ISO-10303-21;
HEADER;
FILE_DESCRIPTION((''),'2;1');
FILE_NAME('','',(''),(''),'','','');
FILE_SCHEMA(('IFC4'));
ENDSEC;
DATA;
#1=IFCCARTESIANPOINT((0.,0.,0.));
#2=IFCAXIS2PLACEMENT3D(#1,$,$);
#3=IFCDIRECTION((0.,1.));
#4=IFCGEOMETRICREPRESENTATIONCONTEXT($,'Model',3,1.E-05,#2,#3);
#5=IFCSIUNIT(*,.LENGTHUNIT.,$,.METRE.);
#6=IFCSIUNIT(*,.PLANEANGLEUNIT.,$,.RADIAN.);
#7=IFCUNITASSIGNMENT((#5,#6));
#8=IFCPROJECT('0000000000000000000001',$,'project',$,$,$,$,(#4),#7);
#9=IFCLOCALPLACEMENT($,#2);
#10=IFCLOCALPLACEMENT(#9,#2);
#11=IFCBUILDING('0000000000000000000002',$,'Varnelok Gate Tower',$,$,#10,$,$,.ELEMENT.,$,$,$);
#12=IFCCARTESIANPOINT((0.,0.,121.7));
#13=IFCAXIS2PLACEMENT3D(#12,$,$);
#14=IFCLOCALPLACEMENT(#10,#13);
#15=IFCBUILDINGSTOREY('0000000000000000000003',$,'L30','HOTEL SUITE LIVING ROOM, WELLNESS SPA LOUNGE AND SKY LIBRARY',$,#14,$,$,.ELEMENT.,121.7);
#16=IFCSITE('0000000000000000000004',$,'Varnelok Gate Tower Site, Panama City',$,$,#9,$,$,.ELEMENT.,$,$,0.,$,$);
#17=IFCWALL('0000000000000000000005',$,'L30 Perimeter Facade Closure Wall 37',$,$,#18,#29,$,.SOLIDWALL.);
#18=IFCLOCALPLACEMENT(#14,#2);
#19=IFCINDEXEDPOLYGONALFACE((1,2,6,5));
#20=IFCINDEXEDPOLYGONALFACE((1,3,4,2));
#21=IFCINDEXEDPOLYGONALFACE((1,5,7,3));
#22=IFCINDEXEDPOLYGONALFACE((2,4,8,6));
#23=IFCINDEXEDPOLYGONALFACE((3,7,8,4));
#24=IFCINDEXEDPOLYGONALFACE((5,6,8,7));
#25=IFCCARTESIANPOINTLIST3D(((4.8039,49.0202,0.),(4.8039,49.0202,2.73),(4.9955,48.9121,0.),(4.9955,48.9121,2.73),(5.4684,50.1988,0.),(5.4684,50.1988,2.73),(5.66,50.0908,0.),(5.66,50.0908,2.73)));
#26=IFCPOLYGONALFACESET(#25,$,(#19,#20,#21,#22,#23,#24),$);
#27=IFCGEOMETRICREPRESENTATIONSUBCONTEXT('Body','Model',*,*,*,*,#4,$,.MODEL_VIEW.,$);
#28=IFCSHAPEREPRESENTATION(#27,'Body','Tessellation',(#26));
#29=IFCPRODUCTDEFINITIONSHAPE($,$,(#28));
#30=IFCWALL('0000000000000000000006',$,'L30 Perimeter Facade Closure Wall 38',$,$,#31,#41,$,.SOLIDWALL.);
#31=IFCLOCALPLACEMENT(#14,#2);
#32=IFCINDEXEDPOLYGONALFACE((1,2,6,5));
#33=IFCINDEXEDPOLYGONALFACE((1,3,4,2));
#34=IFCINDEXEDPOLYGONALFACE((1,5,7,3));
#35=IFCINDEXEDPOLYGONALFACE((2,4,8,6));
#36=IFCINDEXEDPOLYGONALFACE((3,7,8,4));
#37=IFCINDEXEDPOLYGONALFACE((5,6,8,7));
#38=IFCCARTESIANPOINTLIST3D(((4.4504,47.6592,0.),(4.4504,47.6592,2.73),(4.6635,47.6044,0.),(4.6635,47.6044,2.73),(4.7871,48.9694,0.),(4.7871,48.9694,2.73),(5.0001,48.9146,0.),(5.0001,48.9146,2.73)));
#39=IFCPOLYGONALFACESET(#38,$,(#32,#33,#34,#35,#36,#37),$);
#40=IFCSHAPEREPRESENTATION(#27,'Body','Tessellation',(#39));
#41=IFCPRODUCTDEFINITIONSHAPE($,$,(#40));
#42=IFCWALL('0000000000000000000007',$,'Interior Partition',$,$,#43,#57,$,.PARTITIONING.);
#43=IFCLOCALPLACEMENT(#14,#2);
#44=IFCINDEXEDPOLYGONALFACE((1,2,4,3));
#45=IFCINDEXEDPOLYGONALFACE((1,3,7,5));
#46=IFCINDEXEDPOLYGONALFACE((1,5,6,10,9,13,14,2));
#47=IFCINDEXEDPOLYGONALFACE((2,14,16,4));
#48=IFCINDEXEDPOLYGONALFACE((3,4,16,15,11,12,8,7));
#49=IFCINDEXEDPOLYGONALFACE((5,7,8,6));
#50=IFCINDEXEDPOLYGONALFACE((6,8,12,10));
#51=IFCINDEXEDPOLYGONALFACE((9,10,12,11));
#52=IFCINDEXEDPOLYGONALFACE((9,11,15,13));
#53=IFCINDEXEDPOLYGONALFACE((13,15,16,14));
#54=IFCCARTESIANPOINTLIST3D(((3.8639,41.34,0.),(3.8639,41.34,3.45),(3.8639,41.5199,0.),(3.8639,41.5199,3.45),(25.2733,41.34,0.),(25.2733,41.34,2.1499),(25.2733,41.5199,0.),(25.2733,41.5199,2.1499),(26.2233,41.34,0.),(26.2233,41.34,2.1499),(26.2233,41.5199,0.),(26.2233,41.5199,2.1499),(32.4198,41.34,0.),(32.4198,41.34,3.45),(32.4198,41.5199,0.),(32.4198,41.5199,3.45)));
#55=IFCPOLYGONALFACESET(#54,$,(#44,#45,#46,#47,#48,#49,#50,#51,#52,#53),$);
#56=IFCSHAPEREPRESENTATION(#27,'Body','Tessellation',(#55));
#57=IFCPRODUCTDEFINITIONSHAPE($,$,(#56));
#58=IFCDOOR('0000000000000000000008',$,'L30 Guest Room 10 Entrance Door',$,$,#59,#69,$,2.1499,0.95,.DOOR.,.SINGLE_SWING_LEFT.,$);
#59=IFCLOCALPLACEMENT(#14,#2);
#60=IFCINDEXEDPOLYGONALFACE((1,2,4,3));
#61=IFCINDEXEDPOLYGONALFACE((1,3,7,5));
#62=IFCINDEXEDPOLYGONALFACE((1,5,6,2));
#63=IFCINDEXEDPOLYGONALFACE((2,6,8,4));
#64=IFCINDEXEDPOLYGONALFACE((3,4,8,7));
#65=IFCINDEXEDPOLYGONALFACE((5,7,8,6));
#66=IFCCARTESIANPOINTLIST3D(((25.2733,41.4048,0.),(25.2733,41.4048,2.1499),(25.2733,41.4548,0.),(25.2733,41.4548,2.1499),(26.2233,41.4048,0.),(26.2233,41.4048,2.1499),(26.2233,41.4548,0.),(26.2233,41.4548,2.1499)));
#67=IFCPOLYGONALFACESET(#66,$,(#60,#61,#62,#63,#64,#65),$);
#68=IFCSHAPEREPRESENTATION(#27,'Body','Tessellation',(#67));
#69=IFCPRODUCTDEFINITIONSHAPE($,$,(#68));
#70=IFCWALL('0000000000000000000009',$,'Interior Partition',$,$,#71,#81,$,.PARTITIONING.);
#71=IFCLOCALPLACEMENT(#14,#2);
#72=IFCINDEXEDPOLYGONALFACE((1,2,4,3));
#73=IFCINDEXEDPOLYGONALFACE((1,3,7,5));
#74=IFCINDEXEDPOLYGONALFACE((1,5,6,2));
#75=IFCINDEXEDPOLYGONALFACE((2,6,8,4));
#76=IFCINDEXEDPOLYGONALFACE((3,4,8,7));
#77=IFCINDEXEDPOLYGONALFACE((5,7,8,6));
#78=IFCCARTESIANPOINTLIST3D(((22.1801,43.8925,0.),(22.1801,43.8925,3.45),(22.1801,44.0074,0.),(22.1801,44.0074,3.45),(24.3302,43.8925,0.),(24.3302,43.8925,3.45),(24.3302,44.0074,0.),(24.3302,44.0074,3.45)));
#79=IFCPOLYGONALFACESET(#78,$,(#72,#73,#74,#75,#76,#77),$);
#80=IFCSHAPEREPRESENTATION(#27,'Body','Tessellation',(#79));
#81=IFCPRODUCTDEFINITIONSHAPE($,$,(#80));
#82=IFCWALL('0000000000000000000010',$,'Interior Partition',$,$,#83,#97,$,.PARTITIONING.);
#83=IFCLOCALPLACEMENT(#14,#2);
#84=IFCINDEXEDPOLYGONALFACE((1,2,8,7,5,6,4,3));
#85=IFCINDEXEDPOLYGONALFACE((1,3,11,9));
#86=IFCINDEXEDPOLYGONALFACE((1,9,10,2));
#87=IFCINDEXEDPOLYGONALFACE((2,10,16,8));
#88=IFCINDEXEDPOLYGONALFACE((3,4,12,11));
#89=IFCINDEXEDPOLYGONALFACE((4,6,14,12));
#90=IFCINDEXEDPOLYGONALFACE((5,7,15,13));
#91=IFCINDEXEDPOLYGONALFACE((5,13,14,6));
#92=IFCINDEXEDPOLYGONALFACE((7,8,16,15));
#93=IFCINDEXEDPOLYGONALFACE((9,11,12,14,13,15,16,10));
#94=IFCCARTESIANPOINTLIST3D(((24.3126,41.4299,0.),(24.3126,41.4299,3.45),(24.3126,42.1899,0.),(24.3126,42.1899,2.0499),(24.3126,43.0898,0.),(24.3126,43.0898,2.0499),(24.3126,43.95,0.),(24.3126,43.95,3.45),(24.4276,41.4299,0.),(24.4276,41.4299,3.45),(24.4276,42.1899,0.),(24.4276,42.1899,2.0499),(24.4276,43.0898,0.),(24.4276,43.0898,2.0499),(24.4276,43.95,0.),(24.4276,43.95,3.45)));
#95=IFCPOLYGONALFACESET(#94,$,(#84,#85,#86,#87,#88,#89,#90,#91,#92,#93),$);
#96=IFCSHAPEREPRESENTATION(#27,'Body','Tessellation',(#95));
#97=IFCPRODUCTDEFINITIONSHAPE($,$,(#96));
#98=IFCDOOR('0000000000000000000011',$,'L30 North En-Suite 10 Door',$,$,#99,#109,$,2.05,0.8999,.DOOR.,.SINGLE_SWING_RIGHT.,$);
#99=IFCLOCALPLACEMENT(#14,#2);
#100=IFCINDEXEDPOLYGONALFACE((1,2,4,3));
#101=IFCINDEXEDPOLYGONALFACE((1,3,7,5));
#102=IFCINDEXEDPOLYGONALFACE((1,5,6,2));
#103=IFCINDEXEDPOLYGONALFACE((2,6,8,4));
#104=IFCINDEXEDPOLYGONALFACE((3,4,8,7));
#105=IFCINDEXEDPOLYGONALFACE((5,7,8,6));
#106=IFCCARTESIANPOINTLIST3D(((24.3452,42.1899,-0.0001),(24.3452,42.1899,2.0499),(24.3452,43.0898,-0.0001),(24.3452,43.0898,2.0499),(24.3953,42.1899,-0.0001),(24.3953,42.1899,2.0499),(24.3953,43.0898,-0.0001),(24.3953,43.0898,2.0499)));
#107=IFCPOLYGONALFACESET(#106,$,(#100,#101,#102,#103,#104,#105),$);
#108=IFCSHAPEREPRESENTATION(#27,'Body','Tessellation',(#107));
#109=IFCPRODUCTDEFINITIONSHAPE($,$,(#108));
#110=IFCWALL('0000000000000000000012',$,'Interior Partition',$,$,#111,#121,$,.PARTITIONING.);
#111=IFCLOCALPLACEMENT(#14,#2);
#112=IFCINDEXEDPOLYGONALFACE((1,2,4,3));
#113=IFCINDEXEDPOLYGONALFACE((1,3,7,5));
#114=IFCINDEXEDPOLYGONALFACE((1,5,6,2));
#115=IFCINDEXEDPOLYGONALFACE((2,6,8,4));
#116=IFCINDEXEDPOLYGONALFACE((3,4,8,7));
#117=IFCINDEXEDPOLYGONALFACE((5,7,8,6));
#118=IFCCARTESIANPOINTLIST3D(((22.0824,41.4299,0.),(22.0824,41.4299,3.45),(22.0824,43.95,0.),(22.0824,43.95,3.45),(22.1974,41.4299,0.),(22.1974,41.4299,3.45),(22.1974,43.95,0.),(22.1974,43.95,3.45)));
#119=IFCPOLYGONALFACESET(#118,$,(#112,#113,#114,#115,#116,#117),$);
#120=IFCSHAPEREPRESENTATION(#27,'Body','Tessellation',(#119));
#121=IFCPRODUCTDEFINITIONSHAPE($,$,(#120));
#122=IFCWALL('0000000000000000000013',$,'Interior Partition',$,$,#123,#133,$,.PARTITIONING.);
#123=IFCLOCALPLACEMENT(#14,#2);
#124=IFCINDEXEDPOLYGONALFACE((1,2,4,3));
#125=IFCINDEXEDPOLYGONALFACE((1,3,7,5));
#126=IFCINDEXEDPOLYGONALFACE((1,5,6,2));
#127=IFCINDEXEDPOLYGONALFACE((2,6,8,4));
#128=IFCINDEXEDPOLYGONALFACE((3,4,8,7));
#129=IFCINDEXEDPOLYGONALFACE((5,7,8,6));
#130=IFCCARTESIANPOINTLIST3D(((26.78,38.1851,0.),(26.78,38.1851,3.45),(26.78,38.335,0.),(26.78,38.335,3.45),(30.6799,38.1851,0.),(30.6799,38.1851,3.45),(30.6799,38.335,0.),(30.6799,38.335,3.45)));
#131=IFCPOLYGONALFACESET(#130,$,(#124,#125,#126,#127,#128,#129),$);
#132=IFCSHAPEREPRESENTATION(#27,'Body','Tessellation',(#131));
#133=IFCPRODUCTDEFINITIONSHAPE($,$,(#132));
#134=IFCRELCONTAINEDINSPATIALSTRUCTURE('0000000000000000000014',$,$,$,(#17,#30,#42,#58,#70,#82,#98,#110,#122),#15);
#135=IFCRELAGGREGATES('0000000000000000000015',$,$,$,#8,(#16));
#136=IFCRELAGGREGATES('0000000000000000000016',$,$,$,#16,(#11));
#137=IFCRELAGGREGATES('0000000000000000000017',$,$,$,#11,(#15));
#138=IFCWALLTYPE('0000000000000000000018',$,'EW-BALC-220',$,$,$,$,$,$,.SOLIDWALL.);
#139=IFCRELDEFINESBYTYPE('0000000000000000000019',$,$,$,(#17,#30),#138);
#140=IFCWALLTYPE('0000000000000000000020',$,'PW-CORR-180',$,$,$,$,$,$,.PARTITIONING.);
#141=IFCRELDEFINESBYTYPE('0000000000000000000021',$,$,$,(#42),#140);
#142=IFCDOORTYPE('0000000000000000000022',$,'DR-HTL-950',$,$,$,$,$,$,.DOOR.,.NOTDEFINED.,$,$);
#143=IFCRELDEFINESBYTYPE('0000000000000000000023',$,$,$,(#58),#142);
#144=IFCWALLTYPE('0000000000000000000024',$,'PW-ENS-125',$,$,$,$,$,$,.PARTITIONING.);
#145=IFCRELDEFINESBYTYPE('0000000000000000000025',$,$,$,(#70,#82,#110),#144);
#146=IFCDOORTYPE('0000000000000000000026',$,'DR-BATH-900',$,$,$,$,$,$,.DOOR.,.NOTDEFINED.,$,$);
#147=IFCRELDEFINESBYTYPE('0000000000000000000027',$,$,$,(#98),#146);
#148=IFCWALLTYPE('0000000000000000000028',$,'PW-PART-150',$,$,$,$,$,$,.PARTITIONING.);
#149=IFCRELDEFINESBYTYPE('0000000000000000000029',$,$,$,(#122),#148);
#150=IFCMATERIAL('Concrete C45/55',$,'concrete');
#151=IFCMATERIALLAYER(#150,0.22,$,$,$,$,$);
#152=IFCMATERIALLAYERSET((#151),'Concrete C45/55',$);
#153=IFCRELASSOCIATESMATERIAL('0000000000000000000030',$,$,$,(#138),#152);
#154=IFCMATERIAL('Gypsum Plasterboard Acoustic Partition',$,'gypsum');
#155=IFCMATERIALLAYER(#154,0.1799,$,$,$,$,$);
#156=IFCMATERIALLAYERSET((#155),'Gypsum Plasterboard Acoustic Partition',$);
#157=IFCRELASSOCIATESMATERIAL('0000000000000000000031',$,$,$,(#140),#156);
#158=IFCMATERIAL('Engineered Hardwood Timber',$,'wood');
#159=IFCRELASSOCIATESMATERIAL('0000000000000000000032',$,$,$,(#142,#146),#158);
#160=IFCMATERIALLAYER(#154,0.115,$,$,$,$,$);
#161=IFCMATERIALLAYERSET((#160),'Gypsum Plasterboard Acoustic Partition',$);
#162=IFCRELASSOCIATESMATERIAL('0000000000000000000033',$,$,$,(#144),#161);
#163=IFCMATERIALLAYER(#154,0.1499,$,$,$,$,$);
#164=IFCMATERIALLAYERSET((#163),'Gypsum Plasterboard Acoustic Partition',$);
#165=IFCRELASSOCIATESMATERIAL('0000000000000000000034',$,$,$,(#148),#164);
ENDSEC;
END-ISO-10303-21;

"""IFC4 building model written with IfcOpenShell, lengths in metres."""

from ifc_helpers import new_model, si_unit, direction, frame, frame_2d, origin, place, context, subcontext, project, spatial, rectangle, extrude, material, layer, layer_set, type_object, element, fill, save


model = new_model("IFC4")

# Units and contexts
model_context = context("Model", 3, precision=1e-05, world=origin(), true_north=direction((0.0, 1.0)))
body_context = subcontext(model_context, "Body", "Model", "MODEL_VIEW")
ifc_project = project(units=[si_unit("LENGTHUNIT", "METRE"), si_unit("PLANEANGLEUNIT", "RADIAN")], contexts=[model_context])

# Site, building, storey
site_placement = place(None, origin())
site = spatial("IfcSite", under=ifc_project, at=site_placement, Name="Varnelok Gate Tower Site, Panama City", CompositionType="ELEMENT", RefElevation=0.0)
building_placement = place(site_placement, origin())
building = spatial("IfcBuilding", under=site, at=building_placement, Name="Varnelok Gate Tower", CompositionType="ELEMENT")
storey_placement = place(building_placement, frame((0.0, 0.0, 121.7)))
storey = spatial("IfcBuildingStorey", under=building, at=storey_placement, Name="L30", Description="HOTEL SUITE LIVING ROOM, WELLNESS SPA LOUNGE AND SKY LIBRARY", CompositionType="ELEMENT", Elevation=121.7)

# Walls
ifc_material_1 = material(Name="Concrete C45/55", Category="concrete")
ifc_layer_1 = layer(ifc_material_1, 0.22)
ifc_layer_set_1 = layer_set([ifc_layer_1], Name="Concrete C45/55")
wall_type_1 = type_object("IfcWallType", Name="EW-BALC-220", PredefinedType="SOLIDWALL", material=ifc_layer_set_1)
wall_1_placement = place(storey_placement, frame((5.5642, 50.1448, 0.0), z_axis=(0.0, 0.0, 1.0), x_axis=(-0.491118, -0.871093, 0.0)))
element("IfcWall", 1, at=wall_1_placement, inside=storey, type_object=wall_type_1, Name="L30 Perimeter Facade Closure Wall 37", PredefinedType="SOLIDWALL", context=body_context, shape_type="SweptSolid", body=[
    extrude(rectangle(XDim=1.353, YDim=0.22, at=frame_2d((0.6765, 0.0))), origin(), (0.0, 0.0, 1.0), 2.73),
])
wall_2_placement = place(storey_placement, frame((4.8936, 48.9419, 0.0), z_axis=(0.0, 0.0, 1.0), x_axis=(-0.248857, -0.96854, 0.0)))
element("IfcWall", 2, at=wall_2_placement, inside=storey, type_object=wall_type_1, Name="L30 Perimeter Facade Closure Wall 38", PredefinedType="SOLIDWALL", context=body_context, shape_type="SweptSolid", body=[
    extrude(rectangle(XDim=1.3528, YDim=0.22, at=frame_2d((0.6763, 0.0))), origin(), (0.0, 0.0, 1.0), 2.73),
])

# Wall, opening, door
ifc_material_2 = material(Name="Gypsum Plasterboard Acoustic Partition", Category="gypsum")
ifc_layer_2 = layer(ifc_material_2, 0.1799)
ifc_layer_set_2 = layer_set([ifc_layer_2], Name="Gypsum Plasterboard Acoustic Partition")
wall_type_2 = type_object("IfcWallType", Name="PW-CORR-180", PredefinedType="PARTITIONING", material=ifc_layer_set_2)
wall_3_placement = place(storey_placement, frame((3.864, 41.4299, 0.0), z_axis=(0.0, 0.0, 1.0), x_axis=(1.0, 0.0, 0.0)))
wall_3 = element("IfcWall", 3, at=wall_3_placement, inside=storey, type_object=wall_type_2, Name="Interior Partition", PredefinedType="PARTITIONING", context=body_context, shape_type="SweptSolid", body=[
    extrude(rectangle(XDim=28.5559, YDim=0.1799, at=frame_2d((14.2778, 0.0))), origin(), (0.0, 0.0, 1.0), 3.45),
])
opening_1_placement = place(wall_3_placement, frame((21.4092, 0.0, 0.0)))
opening_1 = element("IfcOpeningElement", 4, at=opening_1_placement, cuts=wall_3, PredefinedType="OPENING", context=body_context, shape_type="SweptSolid", body=[
    extrude(rectangle(XDim=0.95, YDim=2.1499, at=frame_2d((0.4751, 1.075))), frame((0.0, 0.0999, 0.0), z_axis=(0.0, -1.0, 0.0), x_axis=(1.0, 0.0, 0.0)), (0.0, 0.0, 1.0), 0.2),
])
ifc_material_3 = material(Name="Engineered Hardwood Timber", Category="wood")
door_type_1 = type_object("IfcDoorType", Name="DR-HTL-950", OperationType="NOTDEFINED", PredefinedType="DOOR", material=ifc_material_3)
door_1_placement = place(opening_1_placement, origin())
door_1 = element("IfcDoor", 5, at=door_1_placement, inside=storey, type_object=door_type_1, Name="L30 Guest Room 10 Entrance Door", OperationType="SINGLE_SWING_LEFT", OverallHeight=2.1499, OverallWidth=0.95, PredefinedType="DOOR", context=body_context, shape_type="SweptSolid", body=[
    extrude(rectangle(XDim=0.95, YDim=2.1499, at=frame_2d((0.4751, 1.075))), frame((0.0, 0.0249, 0.0), z_axis=(0.0, -1.0, 0.0), x_axis=(1.0, 0.0, 0.0)), (0.0, 0.0, 1.0), 0.05),
])
fill(opening_1, door_1)

# Wall
ifc_layer_3 = layer(ifc_material_2, 0.115)
ifc_layer_set_3 = layer_set([ifc_layer_3], Name="Gypsum Plasterboard Acoustic Partition")
wall_type_3 = type_object("IfcWallType", Name="PW-ENS-125", PredefinedType="PARTITIONING", material=ifc_layer_set_3)
wall_4_placement = place(storey_placement, frame((22.1799, 43.95, 0.0), z_axis=(0.0, 0.0, 1.0), x_axis=(1.0, 0.0, 0.0)))
element("IfcWall", 6, at=wall_4_placement, inside=storey, type_object=wall_type_3, Name="Interior Partition", PredefinedType="PARTITIONING", context=body_context, shape_type="SweptSolid", body=[
    extrude(rectangle(XDim=2.1501, YDim=0.115, at=frame_2d((1.0752, 0.0))), origin(), (0.0, 0.0, 1.0), 3.45),
])

# Wall, opening, door
wall_5_placement = place(storey_placement, frame((24.3701, 41.4299, 0.0), z_axis=(0.0, 0.0, 1.0), x_axis=(0.0, 1.0, 0.0)))
wall_5 = element("IfcWall", 7, at=wall_5_placement, inside=storey, type_object=wall_type_3, Name="Interior Partition", PredefinedType="PARTITIONING", context=body_context, shape_type="SweptSolid", body=[
    extrude(rectangle(XDim=2.52, YDim=0.115, at=frame_2d((1.26, 0.0))), origin(), (0.0, 0.0, 1.0), 3.45),
])
opening_2_placement = place(wall_5_placement, frame((0.76, 0.0, 0.0)))
opening_2 = element("IfcOpeningElement", 8, at=opening_2_placement, cuts=wall_5, PredefinedType="OPENING", context=body_context, shape_type="SweptSolid", body=[
    extrude(rectangle(XDim=0.8999, YDim=2.05, at=frame_2d((0.45, 1.0249))), frame((0.0, 0.0674, 0.0), z_axis=(0.0, -1.0, 0.0), x_axis=(1.0, 0.0, 0.0)), (0.0, 0.0, 1.0), 0.135),
])
door_type_2 = type_object("IfcDoorType", Name="DR-BATH-900", OperationType="NOTDEFINED", PredefinedType="DOOR", material=ifc_material_3)
door_2_placement = place(opening_2_placement, origin())
door_2 = element("IfcDoor", 9, at=door_2_placement, inside=storey, type_object=door_type_2, Name="L30 North En-Suite 10 Door", OperationType="SINGLE_SWING_RIGHT", OverallHeight=2.05, OverallWidth=0.8999, PredefinedType="DOOR", context=body_context, shape_type="SweptSolid", body=[
    extrude(rectangle(XDim=0.8999, YDim=2.05, at=frame_2d((0.45, 1.0249))), frame((0.0, 0.0249, 0.0), z_axis=(0.0, -1.0, 0.0), x_axis=(1.0, 0.0, 0.0)), (0.0, 0.0, 1.0), 0.05),
])
fill(opening_2, door_2)

# Walls
wall_6_placement = place(storey_placement, frame((22.1399, 41.4299, 0.0), z_axis=(0.0, 0.0, 1.0), x_axis=(0.0, 1.0, 0.0)))
element("IfcWall", 10, at=wall_6_placement, inside=storey, type_object=wall_type_3, Name="Interior Partition", PredefinedType="PARTITIONING", context=body_context, shape_type="SweptSolid", body=[
    extrude(rectangle(XDim=2.52, YDim=0.115, at=frame_2d((1.26, 0.0))), origin(), (0.0, 0.0, 1.0), 3.45),
])
ifc_layer_4 = layer(ifc_material_2, 0.1499)
ifc_layer_set_4 = layer_set([ifc_layer_4], Name="Gypsum Plasterboard Acoustic Partition")
wall_type_4 = type_object("IfcWallType", Name="PW-PART-150", PredefinedType="PARTITIONING", material=ifc_layer_set_4)
wall_7_placement = place(storey_placement, frame((26.78, 38.26, 0.0), z_axis=(0.0, 0.0, 1.0), x_axis=(1.0, 0.0, 0.0)))
element("IfcWall", 11, at=wall_7_placement, inside=storey, type_object=wall_type_4, Name="Interior Partition", PredefinedType="PARTITIONING", context=body_context, shape_type="SweptSolid", body=[
    extrude(rectangle(XDim=3.8999, YDim=0.1499, at=frame_2d((1.95, 0.0))), origin(), (0.0, 0.0, 1.0), 3.45),
])

save(model, "model.ifc")
